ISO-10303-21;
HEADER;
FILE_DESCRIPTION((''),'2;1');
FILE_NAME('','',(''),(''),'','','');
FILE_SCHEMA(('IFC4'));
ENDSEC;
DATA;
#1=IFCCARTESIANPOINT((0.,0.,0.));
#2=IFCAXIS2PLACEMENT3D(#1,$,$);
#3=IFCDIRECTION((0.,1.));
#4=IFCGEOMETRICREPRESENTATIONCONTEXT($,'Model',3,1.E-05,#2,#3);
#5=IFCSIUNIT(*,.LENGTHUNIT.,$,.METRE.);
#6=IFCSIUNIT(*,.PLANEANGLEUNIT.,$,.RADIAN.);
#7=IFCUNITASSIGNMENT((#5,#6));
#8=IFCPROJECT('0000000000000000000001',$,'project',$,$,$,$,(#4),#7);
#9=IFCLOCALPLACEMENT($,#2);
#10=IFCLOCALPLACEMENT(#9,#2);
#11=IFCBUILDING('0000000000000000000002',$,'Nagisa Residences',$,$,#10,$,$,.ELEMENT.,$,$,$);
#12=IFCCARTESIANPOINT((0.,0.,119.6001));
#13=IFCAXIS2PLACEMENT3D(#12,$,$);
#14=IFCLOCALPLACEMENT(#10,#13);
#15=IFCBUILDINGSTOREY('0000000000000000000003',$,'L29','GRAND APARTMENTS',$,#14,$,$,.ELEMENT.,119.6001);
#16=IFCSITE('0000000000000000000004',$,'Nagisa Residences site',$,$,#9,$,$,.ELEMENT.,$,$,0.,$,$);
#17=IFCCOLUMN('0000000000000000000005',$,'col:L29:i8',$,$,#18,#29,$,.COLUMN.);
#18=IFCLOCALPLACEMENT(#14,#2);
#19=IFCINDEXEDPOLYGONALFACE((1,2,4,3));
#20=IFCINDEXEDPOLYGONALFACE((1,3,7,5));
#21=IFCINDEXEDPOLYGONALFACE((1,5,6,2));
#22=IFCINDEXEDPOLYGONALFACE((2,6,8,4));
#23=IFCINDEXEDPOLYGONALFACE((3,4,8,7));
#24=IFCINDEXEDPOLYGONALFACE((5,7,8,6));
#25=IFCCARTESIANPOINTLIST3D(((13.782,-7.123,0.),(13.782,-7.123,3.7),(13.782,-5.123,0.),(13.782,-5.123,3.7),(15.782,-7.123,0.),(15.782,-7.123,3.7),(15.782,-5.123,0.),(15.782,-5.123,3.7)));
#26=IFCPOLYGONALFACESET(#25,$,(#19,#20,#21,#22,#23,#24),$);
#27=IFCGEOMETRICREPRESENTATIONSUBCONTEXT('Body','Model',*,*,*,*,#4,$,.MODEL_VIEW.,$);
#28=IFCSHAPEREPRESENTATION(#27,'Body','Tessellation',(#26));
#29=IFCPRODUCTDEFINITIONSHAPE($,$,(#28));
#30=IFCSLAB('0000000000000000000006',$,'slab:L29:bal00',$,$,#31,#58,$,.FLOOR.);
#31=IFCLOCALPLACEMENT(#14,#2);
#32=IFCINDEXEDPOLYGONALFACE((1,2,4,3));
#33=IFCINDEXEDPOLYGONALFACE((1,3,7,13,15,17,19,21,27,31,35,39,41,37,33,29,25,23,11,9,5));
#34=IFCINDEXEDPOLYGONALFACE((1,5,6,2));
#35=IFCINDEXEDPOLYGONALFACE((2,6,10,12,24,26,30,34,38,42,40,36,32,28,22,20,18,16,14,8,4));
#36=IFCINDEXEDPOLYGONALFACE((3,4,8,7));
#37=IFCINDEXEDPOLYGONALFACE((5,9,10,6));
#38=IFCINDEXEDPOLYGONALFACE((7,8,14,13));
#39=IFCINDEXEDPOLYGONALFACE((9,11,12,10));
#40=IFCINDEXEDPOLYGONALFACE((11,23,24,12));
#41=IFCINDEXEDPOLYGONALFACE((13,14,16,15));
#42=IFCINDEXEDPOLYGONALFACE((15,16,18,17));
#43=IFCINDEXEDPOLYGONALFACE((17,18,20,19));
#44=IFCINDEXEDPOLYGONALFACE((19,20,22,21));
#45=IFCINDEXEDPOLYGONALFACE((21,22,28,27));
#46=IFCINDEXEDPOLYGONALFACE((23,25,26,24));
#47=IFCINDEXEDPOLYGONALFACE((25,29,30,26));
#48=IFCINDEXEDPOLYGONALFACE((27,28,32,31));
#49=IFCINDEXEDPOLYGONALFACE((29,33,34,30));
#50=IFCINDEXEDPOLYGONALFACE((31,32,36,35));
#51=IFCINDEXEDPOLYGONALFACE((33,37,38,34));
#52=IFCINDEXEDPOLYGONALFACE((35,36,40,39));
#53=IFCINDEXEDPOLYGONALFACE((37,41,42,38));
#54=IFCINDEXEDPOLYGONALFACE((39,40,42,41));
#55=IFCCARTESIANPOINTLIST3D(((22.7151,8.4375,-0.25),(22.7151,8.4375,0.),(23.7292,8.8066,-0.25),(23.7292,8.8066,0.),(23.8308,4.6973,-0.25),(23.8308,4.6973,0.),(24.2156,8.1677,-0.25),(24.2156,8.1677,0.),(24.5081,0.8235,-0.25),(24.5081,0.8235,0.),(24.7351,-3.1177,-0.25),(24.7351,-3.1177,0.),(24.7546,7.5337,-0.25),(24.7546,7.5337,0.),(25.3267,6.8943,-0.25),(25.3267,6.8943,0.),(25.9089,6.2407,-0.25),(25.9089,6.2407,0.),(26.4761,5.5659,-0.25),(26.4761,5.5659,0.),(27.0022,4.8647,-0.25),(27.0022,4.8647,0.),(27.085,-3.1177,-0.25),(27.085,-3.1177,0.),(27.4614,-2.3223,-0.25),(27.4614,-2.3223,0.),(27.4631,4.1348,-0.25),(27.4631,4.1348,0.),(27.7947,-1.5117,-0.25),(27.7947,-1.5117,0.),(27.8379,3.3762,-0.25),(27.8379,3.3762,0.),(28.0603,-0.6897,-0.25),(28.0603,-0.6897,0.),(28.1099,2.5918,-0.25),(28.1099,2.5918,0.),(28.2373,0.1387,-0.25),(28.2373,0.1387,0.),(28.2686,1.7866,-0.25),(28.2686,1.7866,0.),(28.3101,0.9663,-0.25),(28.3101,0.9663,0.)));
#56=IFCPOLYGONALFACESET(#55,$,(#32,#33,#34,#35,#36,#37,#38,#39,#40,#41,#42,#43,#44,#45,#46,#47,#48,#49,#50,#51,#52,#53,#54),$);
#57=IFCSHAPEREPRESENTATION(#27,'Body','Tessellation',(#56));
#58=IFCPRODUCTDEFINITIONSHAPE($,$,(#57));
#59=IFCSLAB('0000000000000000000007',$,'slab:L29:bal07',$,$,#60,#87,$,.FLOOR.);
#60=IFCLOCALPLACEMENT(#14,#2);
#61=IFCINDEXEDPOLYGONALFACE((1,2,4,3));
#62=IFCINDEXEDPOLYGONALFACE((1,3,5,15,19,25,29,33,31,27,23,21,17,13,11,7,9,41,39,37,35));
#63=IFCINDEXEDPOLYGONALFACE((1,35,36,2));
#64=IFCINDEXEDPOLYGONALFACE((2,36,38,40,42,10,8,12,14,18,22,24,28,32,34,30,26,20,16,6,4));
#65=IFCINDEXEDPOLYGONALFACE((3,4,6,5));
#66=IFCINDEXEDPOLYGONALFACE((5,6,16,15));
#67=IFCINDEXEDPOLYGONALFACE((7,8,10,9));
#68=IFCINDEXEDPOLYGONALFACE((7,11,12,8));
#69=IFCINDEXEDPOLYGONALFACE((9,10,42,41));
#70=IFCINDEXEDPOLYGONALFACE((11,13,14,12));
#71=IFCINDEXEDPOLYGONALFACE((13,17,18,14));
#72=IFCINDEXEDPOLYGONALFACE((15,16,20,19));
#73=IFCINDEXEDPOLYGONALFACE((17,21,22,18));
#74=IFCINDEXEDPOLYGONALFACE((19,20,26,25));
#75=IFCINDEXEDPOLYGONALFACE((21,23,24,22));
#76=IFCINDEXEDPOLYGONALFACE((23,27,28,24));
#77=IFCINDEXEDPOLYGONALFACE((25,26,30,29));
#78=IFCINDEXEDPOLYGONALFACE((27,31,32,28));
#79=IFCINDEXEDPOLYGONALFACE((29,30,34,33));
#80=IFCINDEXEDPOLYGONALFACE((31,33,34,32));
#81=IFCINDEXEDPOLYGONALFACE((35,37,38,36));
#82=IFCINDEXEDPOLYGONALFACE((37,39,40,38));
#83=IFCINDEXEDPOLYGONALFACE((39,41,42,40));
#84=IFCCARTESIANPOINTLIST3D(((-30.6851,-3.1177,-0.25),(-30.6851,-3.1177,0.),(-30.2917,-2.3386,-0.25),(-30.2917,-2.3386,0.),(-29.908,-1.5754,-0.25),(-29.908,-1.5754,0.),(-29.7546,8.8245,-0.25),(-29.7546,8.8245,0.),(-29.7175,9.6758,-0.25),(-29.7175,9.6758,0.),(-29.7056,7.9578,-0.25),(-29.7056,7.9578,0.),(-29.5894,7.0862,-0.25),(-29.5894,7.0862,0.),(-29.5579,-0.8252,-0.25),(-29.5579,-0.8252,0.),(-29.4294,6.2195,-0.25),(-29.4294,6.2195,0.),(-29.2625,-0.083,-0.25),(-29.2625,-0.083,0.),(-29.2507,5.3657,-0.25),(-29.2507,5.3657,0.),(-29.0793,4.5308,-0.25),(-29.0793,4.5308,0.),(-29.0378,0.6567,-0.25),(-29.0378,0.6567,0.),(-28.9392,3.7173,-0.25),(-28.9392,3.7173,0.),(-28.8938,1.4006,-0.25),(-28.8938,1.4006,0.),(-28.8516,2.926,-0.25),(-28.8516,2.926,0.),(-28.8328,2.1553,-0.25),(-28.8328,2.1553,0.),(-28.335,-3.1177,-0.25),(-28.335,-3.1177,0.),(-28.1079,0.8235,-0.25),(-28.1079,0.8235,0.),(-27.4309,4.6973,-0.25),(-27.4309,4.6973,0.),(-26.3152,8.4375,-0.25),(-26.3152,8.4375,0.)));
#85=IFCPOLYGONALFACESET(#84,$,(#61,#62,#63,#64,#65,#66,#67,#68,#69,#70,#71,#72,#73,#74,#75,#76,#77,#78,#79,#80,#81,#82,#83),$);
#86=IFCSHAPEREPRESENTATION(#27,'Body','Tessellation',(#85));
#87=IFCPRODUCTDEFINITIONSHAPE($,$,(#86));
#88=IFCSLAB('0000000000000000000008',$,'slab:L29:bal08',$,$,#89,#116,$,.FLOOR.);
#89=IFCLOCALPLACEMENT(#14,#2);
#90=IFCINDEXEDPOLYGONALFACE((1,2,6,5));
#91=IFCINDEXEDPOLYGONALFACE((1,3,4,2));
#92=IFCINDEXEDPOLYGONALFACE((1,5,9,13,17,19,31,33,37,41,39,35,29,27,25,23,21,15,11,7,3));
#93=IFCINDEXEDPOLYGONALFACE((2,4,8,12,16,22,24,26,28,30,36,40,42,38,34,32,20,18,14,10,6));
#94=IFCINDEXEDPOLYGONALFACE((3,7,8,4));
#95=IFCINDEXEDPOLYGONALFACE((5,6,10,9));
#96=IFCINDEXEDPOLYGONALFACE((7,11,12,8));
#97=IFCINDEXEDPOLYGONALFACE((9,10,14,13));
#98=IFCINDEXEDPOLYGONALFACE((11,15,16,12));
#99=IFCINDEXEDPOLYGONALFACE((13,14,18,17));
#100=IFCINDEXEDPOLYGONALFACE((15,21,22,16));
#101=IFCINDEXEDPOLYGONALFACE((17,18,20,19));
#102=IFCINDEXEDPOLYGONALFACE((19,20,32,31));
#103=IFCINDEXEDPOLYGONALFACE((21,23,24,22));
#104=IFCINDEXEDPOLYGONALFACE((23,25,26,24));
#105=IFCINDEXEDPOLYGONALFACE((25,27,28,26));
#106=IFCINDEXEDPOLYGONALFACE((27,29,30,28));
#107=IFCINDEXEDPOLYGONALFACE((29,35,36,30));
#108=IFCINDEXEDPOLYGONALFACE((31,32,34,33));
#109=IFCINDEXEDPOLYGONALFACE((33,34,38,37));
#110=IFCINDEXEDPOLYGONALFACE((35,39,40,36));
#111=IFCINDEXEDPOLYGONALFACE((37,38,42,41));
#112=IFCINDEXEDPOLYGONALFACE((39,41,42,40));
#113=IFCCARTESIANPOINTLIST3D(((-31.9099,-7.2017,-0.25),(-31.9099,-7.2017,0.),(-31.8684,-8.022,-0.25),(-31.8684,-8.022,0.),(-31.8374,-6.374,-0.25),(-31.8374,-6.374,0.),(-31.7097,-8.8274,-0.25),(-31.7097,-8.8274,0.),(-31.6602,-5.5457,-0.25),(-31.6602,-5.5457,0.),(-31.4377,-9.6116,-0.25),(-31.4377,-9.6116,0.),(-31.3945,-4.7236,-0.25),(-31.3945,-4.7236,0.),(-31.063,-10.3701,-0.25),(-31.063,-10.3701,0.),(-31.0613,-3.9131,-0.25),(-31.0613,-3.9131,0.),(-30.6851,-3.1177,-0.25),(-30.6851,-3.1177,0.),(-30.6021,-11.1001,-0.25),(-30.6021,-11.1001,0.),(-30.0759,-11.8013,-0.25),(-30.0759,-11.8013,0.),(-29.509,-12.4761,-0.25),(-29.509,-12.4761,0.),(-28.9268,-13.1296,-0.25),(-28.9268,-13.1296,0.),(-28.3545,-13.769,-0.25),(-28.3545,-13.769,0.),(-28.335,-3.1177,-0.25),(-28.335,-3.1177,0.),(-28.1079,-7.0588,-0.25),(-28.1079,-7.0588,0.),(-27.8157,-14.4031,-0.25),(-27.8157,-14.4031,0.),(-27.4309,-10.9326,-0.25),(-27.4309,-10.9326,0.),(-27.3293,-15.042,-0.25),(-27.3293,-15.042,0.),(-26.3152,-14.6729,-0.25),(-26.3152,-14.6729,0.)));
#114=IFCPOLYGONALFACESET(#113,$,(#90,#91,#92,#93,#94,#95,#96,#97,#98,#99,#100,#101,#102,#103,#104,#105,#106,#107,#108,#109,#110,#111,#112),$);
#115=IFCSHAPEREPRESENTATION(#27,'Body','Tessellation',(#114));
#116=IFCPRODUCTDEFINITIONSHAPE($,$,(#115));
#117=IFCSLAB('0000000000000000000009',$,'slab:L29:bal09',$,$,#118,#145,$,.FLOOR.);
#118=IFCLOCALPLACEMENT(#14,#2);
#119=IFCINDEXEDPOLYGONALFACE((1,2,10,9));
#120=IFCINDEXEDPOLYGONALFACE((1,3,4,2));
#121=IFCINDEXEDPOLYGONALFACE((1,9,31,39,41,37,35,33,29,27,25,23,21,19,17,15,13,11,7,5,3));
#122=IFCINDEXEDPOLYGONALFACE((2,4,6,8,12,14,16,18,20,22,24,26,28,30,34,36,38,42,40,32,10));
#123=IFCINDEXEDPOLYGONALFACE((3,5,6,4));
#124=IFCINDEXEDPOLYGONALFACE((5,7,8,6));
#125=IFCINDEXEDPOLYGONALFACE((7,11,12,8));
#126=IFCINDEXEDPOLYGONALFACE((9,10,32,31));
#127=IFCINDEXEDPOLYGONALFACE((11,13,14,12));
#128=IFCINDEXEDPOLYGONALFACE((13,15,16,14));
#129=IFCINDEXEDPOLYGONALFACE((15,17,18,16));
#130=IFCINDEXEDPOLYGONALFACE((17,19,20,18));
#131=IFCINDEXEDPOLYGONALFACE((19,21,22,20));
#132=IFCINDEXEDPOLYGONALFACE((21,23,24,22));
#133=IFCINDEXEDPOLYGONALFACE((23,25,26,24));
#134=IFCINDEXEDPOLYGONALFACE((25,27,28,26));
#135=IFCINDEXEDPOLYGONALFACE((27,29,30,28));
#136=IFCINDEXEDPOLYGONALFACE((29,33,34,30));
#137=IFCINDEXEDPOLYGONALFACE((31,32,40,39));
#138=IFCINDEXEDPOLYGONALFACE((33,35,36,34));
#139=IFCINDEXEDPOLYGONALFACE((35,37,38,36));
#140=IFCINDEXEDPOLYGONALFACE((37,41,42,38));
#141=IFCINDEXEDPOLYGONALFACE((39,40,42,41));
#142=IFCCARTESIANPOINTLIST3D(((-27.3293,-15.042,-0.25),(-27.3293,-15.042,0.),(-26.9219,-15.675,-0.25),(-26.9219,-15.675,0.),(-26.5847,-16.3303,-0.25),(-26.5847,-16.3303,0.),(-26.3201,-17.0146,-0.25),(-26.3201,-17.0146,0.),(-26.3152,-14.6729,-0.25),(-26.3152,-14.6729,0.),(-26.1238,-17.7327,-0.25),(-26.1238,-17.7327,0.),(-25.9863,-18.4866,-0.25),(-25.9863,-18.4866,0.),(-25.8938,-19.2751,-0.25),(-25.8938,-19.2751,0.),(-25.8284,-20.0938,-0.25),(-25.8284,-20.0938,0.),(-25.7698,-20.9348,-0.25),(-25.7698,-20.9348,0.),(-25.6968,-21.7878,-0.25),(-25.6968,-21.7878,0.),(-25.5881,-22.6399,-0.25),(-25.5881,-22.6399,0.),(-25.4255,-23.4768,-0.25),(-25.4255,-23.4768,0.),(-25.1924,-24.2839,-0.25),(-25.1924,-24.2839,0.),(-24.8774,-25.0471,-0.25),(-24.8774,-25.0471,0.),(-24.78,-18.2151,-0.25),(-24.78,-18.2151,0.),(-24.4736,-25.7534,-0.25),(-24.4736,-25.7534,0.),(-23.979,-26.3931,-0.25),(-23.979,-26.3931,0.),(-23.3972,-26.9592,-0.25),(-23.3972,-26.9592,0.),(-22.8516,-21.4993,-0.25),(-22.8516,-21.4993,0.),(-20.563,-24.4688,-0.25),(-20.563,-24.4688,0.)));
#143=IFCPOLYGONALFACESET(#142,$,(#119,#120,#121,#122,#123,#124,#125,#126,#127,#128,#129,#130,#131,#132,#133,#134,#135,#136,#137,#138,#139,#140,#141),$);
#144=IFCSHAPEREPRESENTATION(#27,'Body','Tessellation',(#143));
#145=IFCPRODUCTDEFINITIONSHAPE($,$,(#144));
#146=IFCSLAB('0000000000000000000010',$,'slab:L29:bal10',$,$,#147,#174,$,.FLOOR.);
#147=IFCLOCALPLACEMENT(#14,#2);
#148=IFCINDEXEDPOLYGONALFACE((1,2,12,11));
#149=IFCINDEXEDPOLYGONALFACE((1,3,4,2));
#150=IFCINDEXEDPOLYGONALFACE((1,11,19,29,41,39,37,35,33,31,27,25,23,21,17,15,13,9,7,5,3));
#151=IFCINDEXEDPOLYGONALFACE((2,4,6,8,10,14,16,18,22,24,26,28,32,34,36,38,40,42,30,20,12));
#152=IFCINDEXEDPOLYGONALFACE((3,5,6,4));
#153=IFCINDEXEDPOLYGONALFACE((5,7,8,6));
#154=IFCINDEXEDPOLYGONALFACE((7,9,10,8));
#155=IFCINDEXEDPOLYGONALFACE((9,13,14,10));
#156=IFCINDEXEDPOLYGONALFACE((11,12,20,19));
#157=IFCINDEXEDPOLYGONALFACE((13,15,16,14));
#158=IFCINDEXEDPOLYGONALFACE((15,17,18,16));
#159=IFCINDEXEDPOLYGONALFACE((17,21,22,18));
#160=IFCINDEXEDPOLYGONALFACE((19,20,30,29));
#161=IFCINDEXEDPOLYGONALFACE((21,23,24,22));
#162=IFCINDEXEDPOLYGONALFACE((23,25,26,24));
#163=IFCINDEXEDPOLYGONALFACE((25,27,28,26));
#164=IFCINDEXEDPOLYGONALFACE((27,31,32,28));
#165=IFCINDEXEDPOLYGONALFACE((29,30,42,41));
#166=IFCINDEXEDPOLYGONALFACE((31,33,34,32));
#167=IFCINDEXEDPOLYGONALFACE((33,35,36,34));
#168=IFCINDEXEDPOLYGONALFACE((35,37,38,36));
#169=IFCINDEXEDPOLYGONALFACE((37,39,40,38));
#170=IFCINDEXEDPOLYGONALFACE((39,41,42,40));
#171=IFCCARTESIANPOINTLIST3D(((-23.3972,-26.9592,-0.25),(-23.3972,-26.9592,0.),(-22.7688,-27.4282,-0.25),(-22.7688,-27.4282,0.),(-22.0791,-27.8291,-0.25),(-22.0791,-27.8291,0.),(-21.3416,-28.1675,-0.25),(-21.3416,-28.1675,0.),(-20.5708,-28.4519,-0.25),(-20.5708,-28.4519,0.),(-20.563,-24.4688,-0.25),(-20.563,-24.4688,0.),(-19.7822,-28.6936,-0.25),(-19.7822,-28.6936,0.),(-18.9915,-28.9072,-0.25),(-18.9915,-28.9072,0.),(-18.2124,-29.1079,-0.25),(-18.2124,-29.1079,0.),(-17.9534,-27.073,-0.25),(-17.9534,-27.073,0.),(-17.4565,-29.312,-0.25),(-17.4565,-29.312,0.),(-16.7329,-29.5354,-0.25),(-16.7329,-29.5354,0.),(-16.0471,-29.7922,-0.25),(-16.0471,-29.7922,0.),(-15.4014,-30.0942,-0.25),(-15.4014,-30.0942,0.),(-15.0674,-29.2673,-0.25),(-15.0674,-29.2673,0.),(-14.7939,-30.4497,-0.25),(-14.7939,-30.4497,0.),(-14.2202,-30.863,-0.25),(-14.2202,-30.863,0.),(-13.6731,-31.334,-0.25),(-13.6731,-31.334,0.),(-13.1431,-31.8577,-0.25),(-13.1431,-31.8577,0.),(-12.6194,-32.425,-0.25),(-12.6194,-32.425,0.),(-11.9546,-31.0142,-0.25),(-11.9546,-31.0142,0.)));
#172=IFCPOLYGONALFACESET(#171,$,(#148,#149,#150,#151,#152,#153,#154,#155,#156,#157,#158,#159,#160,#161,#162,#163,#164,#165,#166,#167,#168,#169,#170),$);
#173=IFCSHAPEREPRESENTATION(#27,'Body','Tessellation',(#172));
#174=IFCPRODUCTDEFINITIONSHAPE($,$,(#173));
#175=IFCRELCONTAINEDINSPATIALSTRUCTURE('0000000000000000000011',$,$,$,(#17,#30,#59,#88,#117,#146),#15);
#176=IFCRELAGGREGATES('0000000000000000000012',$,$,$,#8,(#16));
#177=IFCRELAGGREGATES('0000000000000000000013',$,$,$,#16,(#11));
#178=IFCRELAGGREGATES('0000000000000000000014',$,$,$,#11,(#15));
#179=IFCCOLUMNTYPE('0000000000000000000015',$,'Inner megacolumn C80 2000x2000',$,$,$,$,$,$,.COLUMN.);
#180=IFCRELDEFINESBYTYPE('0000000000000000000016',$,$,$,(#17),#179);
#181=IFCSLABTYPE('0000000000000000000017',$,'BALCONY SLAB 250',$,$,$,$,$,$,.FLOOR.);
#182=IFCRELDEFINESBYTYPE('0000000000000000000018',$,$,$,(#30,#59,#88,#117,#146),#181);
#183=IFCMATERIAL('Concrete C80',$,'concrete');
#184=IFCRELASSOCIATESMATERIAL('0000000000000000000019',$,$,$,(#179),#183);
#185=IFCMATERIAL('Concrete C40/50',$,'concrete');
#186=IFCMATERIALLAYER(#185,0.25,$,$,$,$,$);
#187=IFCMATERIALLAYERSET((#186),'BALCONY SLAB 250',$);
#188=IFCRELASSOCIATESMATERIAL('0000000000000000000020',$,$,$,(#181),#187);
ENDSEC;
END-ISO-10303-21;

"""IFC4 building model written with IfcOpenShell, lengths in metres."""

from ifc_helpers import new_model, si_unit, direction, frame, origin, origin_2d, place, context, subcontext, project, spatial, polyline, rectangle, outline, extrude, material, layer, layer_set, material_profile, profile_set, type_object, element, save


model = new_model("IFC4")

# Units and contexts
model_context = context("Model", 3, precision=1e-05, world=origin(), true_north=direction((0.0, 1.0)))
body_context = subcontext(model_context, "Body", "Model", "MODEL_VIEW")
ifc_project = project(units=[si_unit("LENGTHUNIT", "METRE"), si_unit("PLANEANGLEUNIT", "RADIAN")], contexts=[model_context])

# Site, building, storey
site_placement = place(None, origin())
site = spatial("IfcSite", under=ifc_project, at=site_placement, Name="Nagisa Residences site", CompositionType="ELEMENT", RefElevation=0.0)
building_placement = place(site_placement, origin())
building = spatial("IfcBuilding", under=site, at=building_placement, Name="Nagisa Residences", CompositionType="ELEMENT")
storey_placement = place(building_placement, frame((0.0, 0.0, 119.6001)))
storey = spatial("IfcBuildingStorey", under=building, at=storey_placement, Name="L29", Description="GRAND APARTMENTS", CompositionType="ELEMENT", Elevation=119.6001)

# Column
ifc_material_1 = material(Name="Concrete C80", Category="concrete")
ifc_material_profile = material_profile(ifc_material_1, rectangle(XDim=2.0, YDim=2.0, at=origin_2d()), Name="C80 2000x2000")
ifc_profile_set = profile_set([ifc_material_profile], Name="Concrete C80")
column_type = type_object("IfcColumnType", Name="Inner megacolumn C80 2000x2000", PredefinedType="COLUMN", material=ifc_profile_set)
column_placement = place(storey_placement, frame((14.782, -6.123, 0.0), z_axis=(0.0, 0.0, 1.0), x_axis=(1.0, 0.0, 0.0)))
element("IfcColumn", 1, at=column_placement, inside=storey, type_object=column_type, Name="col:L29:i8", PredefinedType="COLUMN", context=body_context, shape_type="SweptSolid", body=[
    extrude(rectangle(XDim=2.0, YDim=2.0, at=origin_2d()), origin(), (0.0, 0.0, 1.0), 3.7),
])

# Slabs
ifc_material_2 = material(Name="Concrete C40/50", Category="concrete")
ifc_layer_1 = layer(ifc_material_2, 0.25)
ifc_layer_set_1 = layer_set([ifc_layer_1], Name="BALCONY SLAB 250")
slab_type_1 = type_object("IfcSlabType", Name="BALCONY SLAB 250", PredefinedType="FLOOR", material=ifc_layer_set_1)
slab_1_placement = place(storey_placement, frame((0.0, 0.0, -0.25)))
element("IfcSlab", 2, at=slab_1_placement, inside=storey, type_object=slab_type_1, Name="slab:L29:bal00", PredefinedType="FLOOR", context=body_context, shape_type="SweptSolid", body=[
    extrude(outline(polyline([(27.085, -3.1177), (27.4614, -2.3223), (27.7947, -1.5117), (28.0603, -0.6897), (28.2373, 0.1387), (28.3101, 0.9663), (28.2686, 1.7866), (28.1099, 2.5918), (27.8379, 3.3762), (27.4631, 4.1348), (27.0022, 4.8647), (26.4761, 5.5659), (25.9089, 6.2407), (25.3267, 6.8943), (24.7546, 7.5337), (24.2156, 8.1677), (23.7292, 8.8066), (22.7151, 8.4375), (23.8308, 4.6973), (24.5081, 0.8235), (24.7351, -3.1177), (27.085, -3.1177)])), origin(), (0.0, 0.0, 1.0), 0.25),
])
slab_2_placement = place(storey_placement, frame((0.0, 0.0, -0.25)))
element("IfcSlab", 3, at=slab_2_placement, inside=storey, type_object=slab_type_1, Name="slab:L29:bal07", PredefinedType="FLOOR", context=body_context, shape_type="SweptSolid", body=[
    extrude(outline(polyline([(-29.7175, 9.6758), (-29.7546, 8.8245), (-29.7056, 7.9578), (-29.5894, 7.0862), (-29.4294, 6.2195), (-29.2507, 5.3657), (-29.0793, 4.5308), (-28.9392, 3.7173), (-28.8516, 2.926), (-28.8328, 2.1553), (-28.8938, 1.4006), (-29.0378, 0.6567), (-29.2625, -0.083), (-29.5579, -0.8252), (-29.908, -1.5754), (-30.2917, -2.3386), (-30.6851, -3.1177), (-28.335, -3.1177), (-28.1079, 0.8235), (-27.4309, 4.6973), (-26.3152, 8.4375), (-29.7175, 9.6758)])), origin(), (0.0, 0.0, 1.0), 0.25),
])
slab_3_placement = place(storey_placement, frame((0.0, 0.0, -0.25)))
element("IfcSlab", 4, at=slab_3_placement, inside=storey, type_object=slab_type_1, Name="slab:L29:bal08", PredefinedType="FLOOR", context=body_context, shape_type="SweptSolid", body=[
    extrude(outline(polyline([(-30.6851, -3.1177), (-31.0613, -3.9131), (-31.3945, -4.7236), (-31.6602, -5.5457), (-31.8374, -6.374), (-31.9099, -7.2017), (-31.8684, -8.022), (-31.7097, -8.8274), (-31.4377, -9.6116), (-31.063, -10.3701), (-30.6021, -11.1001), (-30.0759, -11.8013), (-29.509, -12.4761), (-28.9268, -13.1296), (-28.3545, -13.769), (-27.8157, -14.4031), (-27.3293, -15.042), (-26.3152, -14.6729), (-27.4309, -10.9326), (-28.1079, -7.0588), (-28.335, -3.1177), (-30.6851, -3.1177)])), origin(), (0.0, 0.0, 1.0), 0.25),
])
slab_4_placement = place(storey_placement, frame((0.0, 0.0, -0.25)))
element("IfcSlab", 5, at=slab_4_placement, inside=storey, type_object=slab_type_1, Name="slab:L29:bal09", PredefinedType="FLOOR", context=body_context, shape_type="SweptSolid", body=[
    extrude(outline(polyline([(-27.3293, -15.042), (-26.9219, -15.675), (-26.5847, -16.3303), (-26.3201, -17.0146), (-26.1238, -17.7327), (-25.9863, -18.4866), (-25.8938, -19.2751), (-25.8284, -20.0938), (-25.7698, -20.9348), (-25.6968, -21.7878), (-25.5881, -22.6399), (-25.4255, -23.4768), (-25.1924, -24.2839), (-24.8774, -25.0471), (-24.4736, -25.7534), (-23.979, -26.3931), (-23.3972, -26.9592), (-20.563, -24.4688), (-22.8516, -21.4993), (-24.78, -18.2151), (-26.3152, -14.6729), (-27.3293, -15.042)])), origin(), (0.0, 0.0, 1.0), 0.25),
])
slab_5_placement = place(storey_placement, frame((0.0, 0.0, -0.25)))
element("IfcSlab", 6, at=slab_5_placement, inside=storey, type_object=slab_type_1, Name="slab:L29:bal10", PredefinedType="FLOOR", context=body_context, shape_type="SweptSolid", body=[
    extrude(outline(polyline([(-23.3972, -26.9592), (-22.7688, -27.4282), (-22.0791, -27.8291), (-21.3416, -28.1675), (-20.5708, -28.4519), (-19.7822, -28.6936), (-18.9915, -28.9072), (-18.2124, -29.1079), (-17.4565, -29.312), (-16.7329, -29.5354), (-16.0471, -29.7922), (-15.4014, -30.0942), (-14.7939, -30.4497), (-14.2202, -30.863), (-13.6731, -31.334), (-13.1431, -31.8577), (-12.6194, -32.425), (-11.9546, -31.0142), (-15.0674, -29.2673), (-17.9534, -27.073), (-20.563, -24.4688), (-23.3972, -26.9592)])), origin(), (0.0, 0.0, 1.0), 0.25),
])

save(model, "model.ifc")
